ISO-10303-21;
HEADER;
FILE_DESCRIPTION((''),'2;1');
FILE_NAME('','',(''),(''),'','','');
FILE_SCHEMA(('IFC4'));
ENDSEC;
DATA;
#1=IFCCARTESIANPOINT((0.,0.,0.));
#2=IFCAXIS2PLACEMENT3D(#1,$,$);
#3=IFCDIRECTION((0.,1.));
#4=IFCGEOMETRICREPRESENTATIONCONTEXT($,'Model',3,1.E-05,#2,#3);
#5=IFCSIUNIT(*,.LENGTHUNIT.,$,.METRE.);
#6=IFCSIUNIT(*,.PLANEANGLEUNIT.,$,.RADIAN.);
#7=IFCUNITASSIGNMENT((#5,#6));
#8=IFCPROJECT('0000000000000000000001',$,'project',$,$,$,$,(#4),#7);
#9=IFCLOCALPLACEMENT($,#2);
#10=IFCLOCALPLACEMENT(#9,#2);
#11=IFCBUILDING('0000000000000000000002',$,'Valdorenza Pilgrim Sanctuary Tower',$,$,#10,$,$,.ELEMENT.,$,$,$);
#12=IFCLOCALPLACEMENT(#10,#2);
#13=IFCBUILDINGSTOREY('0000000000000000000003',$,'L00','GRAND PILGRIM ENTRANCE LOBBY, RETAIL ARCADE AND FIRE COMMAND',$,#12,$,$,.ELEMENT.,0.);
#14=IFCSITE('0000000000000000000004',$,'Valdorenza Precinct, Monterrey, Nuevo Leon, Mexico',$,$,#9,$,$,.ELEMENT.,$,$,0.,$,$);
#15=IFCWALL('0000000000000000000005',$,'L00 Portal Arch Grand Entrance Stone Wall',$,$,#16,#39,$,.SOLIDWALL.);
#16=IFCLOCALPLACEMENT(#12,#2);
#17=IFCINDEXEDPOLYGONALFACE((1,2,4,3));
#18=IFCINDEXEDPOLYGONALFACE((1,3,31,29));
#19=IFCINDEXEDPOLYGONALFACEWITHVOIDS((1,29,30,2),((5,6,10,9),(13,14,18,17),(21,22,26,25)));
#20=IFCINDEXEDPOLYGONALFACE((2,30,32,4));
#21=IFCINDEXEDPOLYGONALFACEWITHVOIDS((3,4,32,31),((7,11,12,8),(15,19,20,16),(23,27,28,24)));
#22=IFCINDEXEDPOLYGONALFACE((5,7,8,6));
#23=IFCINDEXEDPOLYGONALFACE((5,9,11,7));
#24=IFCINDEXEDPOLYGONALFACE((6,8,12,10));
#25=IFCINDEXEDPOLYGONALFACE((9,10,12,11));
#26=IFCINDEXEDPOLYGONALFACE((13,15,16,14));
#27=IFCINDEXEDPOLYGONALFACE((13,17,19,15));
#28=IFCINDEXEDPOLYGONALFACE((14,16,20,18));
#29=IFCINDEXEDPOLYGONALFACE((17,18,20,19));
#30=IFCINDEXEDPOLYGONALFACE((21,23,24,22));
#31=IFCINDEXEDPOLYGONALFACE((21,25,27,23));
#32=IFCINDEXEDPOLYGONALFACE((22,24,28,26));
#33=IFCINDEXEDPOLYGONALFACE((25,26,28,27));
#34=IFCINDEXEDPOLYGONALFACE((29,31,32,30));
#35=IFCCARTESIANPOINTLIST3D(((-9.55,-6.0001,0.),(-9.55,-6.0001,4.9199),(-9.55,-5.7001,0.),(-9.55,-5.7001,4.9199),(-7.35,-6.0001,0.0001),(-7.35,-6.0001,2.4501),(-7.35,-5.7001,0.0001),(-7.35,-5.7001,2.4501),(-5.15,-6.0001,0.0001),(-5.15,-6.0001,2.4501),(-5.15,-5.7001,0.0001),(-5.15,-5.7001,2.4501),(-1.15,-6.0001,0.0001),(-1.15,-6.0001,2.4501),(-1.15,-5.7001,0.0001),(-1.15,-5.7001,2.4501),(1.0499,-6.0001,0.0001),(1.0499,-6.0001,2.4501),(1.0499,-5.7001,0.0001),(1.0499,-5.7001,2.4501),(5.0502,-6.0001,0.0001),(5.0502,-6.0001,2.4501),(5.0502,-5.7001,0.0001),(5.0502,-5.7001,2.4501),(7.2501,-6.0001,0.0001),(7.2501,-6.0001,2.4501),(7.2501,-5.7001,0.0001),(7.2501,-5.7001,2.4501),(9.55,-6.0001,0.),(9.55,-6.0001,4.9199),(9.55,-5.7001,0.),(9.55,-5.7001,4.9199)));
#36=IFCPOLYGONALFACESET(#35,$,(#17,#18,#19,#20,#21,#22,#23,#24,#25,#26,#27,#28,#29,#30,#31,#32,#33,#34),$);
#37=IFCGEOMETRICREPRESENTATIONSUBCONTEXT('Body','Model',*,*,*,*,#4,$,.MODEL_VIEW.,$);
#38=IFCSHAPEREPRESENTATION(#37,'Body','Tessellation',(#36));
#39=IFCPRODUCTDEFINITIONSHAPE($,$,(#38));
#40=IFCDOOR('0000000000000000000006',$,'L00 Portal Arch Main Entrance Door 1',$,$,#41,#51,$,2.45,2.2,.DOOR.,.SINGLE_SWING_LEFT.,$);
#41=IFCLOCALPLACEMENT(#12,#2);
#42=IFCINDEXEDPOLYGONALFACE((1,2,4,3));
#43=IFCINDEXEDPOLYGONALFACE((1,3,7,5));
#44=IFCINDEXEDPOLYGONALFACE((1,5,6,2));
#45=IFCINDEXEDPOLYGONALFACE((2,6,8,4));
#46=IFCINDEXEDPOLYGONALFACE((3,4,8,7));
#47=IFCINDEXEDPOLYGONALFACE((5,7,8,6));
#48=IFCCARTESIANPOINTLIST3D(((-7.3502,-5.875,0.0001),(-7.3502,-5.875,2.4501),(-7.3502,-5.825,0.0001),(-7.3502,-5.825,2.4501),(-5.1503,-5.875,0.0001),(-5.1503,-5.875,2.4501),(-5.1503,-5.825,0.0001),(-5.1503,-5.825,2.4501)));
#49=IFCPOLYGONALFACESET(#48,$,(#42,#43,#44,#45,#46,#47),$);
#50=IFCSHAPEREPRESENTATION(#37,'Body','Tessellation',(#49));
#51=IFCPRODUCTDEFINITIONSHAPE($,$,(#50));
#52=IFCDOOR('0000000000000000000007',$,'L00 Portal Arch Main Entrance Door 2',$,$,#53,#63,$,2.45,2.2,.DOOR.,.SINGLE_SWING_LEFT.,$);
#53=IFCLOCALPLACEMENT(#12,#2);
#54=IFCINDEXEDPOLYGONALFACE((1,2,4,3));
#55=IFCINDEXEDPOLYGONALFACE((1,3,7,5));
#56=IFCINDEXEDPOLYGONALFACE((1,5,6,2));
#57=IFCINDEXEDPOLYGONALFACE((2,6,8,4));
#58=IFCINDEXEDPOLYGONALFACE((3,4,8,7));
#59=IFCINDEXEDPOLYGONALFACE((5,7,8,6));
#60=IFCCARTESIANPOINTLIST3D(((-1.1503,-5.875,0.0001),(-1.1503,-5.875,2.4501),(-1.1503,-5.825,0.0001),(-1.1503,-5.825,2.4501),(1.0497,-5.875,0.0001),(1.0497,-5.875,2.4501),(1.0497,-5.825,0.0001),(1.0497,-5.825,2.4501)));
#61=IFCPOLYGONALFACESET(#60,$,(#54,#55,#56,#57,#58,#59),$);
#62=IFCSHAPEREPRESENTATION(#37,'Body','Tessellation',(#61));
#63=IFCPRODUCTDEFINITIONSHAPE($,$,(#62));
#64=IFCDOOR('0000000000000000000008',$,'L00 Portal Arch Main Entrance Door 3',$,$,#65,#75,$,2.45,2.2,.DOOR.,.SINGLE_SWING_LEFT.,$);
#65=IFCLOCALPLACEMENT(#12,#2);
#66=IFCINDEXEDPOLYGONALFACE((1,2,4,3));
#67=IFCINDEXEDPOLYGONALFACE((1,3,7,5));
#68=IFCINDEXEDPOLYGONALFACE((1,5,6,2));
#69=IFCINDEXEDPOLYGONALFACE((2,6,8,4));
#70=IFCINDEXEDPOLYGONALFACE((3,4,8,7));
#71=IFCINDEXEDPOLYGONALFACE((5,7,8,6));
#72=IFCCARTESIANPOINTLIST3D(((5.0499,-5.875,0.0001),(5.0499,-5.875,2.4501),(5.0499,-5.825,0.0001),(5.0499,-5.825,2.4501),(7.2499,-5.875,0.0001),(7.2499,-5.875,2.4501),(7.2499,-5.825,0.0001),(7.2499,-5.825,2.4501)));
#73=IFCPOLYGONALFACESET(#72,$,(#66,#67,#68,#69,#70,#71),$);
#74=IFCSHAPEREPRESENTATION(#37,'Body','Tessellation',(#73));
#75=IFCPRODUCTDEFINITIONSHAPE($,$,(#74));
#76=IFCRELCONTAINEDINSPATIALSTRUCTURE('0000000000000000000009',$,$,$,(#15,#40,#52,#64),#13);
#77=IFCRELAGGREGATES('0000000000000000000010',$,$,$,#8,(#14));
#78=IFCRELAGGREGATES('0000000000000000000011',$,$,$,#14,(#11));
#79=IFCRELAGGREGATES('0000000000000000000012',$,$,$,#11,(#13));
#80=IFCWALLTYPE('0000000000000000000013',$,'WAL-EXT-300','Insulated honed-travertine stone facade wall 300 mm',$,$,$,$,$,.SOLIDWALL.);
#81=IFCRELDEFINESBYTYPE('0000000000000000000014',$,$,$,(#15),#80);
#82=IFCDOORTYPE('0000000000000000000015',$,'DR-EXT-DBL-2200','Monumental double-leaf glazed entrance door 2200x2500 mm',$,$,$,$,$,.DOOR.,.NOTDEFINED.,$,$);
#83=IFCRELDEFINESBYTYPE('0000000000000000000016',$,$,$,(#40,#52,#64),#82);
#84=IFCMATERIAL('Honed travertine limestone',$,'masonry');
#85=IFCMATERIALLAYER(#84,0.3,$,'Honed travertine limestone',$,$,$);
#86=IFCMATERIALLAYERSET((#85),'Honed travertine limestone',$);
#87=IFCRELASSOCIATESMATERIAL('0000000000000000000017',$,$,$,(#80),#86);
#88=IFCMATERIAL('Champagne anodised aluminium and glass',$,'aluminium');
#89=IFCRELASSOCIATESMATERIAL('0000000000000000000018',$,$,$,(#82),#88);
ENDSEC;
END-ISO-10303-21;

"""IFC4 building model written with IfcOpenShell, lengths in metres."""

from ifc_helpers import new_model, si_unit, direction, frame, frame_2d, origin, place, context, subcontext, project, spatial, rectangle, extrude, material, layer, layer_set, type_object, element, fill, save


model = new_model("IFC4")

# Units and contexts
model_context = context("Model", 3, precision=1e-05, world=origin(), true_north=direction((0.0, 1.0)))
body_context = subcontext(model_context, "Body", "Model", "MODEL_VIEW")
ifc_project = project(units=[si_unit("LENGTHUNIT", "METRE"), si_unit("PLANEANGLEUNIT", "RADIAN")], contexts=[model_context])

# Site, building, storey
site_placement = place(None, origin())
site = spatial("IfcSite", under=ifc_project, at=site_placement, Name="Valdorenza Precinct, Monterrey, Nuevo Leon, Mexico", CompositionType="ELEMENT", RefElevation=0.0)
building_placement = place(site_placement, origin())
building = spatial("IfcBuilding", under=site, at=building_placement, Name="Valdorenza Pilgrim Sanctuary Tower", CompositionType="ELEMENT")
storey_placement = place(building_placement, origin())
storey = spatial("IfcBuildingStorey", under=building, at=storey_placement, Name="L00", Description="GRAND PILGRIM ENTRANCE LOBBY, RETAIL ARCADE AND FIRE COMMAND", CompositionType="ELEMENT", Elevation=0.0)

# Shared definitions
ifc_material_1 = material(Name="Honed travertine limestone", Category="masonry")
ifc_layer_1 = layer(ifc_material_1, 0.3, Name="Honed travertine limestone")
ifc_layer_set_1 = layer_set([ifc_layer_1], Name="Honed travertine limestone")
wall_type_1 = type_object("IfcWallType", Name="WAL-EXT-300", Description="Insulated honed-travertine stone facade wall 300 mm", PredefinedType="SOLIDWALL", material=ifc_layer_set_1)

# Wall, openings, doors
wall_1_placement = place(storey_placement, frame((-9.55, -5.8501, 0.0), z_axis=(0.0, 0.0, 1.0), x_axis=(1.0, 0.0, 0.0)))
wall_1 = element("IfcWall", 1, at=wall_1_placement, inside=storey, type_object=wall_type_1, Name="L00 Portal Arch Grand Entrance Stone Wall", PredefinedType="SOLIDWALL", context=body_context, shape_type="SweptSolid", body=[
    extrude(rectangle(XDim=19.1001, YDim=0.3, at=frame_2d((9.55, 0.0))), origin(), (0.0, 0.0, 1.0), 4.9199),
])
opening_1_placement = place(wall_1_placement, frame((2.2, 0.0, 0.0)))
opening_1 = element("IfcOpeningElement", 2, at=opening_1_placement, cuts=wall_1, PredefinedType="OPENING", context=body_context, shape_type="SweptSolid", body=[
    extrude(rectangle(XDim=2.2, YDim=2.45, at=frame_2d((1.1001, 1.2251))), frame((0.0, 0.165, 0.0), z_axis=(0.0, -1.0, 0.0), x_axis=(1.0, 0.0, 0.0)), (0.0, 0.0, 1.0), 0.3298),
])
opening_2_placement = place(wall_1_placement, frame((8.3999, 0.0, 0.0)))
opening_2 = element("IfcOpeningElement", 3, at=opening_2_placement, cuts=wall_1, PredefinedType="OPENING", context=body_context, shape_type="SweptSolid", body=[
    extrude(rectangle(XDim=2.2, YDim=2.45, at=frame_2d((1.1001, 1.2251))), frame((0.0, 0.165, 0.0), z_axis=(0.0, -1.0, 0.0), x_axis=(1.0, 0.0, 0.0)), (0.0, 0.0, 1.0), 0.3298),
])
opening_3_placement = place(wall_1_placement, frame((14.6001, 0.0, 0.0)))
opening_3 = element("IfcOpeningElement", 4, at=opening_3_placement, cuts=wall_1, PredefinedType="OPENING", context=body_context, shape_type="SweptSolid", body=[
    extrude(rectangle(XDim=2.2, YDim=2.45, at=frame_2d((1.1001, 1.2251))), frame((0.0, 0.165, 0.0), z_axis=(0.0, -1.0, 0.0), x_axis=(1.0, 0.0, 0.0)), (0.0, 0.0, 1.0), 0.3298),
])
ifc_material_2 = material(Name="Champagne anodised aluminium and glass", Category="aluminium")
door_type_1 = type_object("IfcDoorType", Name="DR-EXT-DBL-2200", Description="Monumental double-leaf glazed entrance door 2200x2500 mm", OperationType="NOTDEFINED", PredefinedType="DOOR", material=ifc_material_2)
door_1_placement = place(opening_1_placement, frame((2.2, 0.0, 0.0), z_axis=(0.0, 0.0, 1.0), x_axis=(-1.0, 0.0, 0.0)))
door_1 = element("IfcDoor", 5, at=door_1_placement, inside=storey, type_object=door_type_1, Name="L00 Portal Arch Main Entrance Door 1", OperationType="SINGLE_SWING_LEFT", OverallHeight=2.45, OverallWidth=2.2, PredefinedType="DOOR", context=body_context, shape_type="SweptSolid", body=[
    extrude(rectangle(XDim=2.2, YDim=2.45, at=frame_2d((1.1001, 1.2251))), frame((0.0, 0.0249, 0.0), z_axis=(0.0, -1.0, 0.0), x_axis=(1.0, 0.0, 0.0)), (0.0, 0.0, 1.0), 0.05),
])
fill(opening_1, door_1)
door_2_placement = place(opening_2_placement, frame((2.2, 0.0, 0.0), z_axis=(0.0, 0.0, 1.0), x_axis=(-1.0, 0.0, 0.0)))
door_2 = element("IfcDoor", 6, at=door_2_placement, inside=storey, type_object=door_type_1, Name="L00 Portal Arch Main Entrance Door 2", OperationType="SINGLE_SWING_LEFT", OverallHeight=2.45, OverallWidth=2.2, PredefinedType="DOOR", context=body_context, shape_type="SweptSolid", body=[
    extrude(rectangle(XDim=2.2, YDim=2.45, at=frame_2d((1.1001, 1.2251))), frame((0.0, 0.0249, 0.0), z_axis=(0.0, -1.0, 0.0), x_axis=(1.0, 0.0, 0.0)), (0.0, 0.0, 1.0), 0.05),
])
fill(opening_2, door_2)
door_3_placement = place(opening_3_placement, frame((2.2, 0.0, 0.0), z_axis=(0.0, 0.0, 1.0), x_axis=(-1.0, 0.0, 0.0)))
door_3 = element("IfcDoor", 7, at=door_3_placement, inside=storey, type_object=door_type_1, Name="L00 Portal Arch Main Entrance Door 3", OperationType="SINGLE_SWING_LEFT", OverallHeight=2.45, OverallWidth=2.2, PredefinedType="DOOR", context=body_context, shape_type="SweptSolid", body=[
    extrude(rectangle(XDim=2.2, YDim=2.45, at=frame_2d((1.1001, 1.2251))), frame((0.0, 0.0249, 0.0), z_axis=(0.0, -1.0, 0.0), x_axis=(1.0, 0.0, 0.0)), (0.0, 0.0, 1.0), 0.05),
])
fill(opening_3, door_3)

save(model, "model.ifc")
